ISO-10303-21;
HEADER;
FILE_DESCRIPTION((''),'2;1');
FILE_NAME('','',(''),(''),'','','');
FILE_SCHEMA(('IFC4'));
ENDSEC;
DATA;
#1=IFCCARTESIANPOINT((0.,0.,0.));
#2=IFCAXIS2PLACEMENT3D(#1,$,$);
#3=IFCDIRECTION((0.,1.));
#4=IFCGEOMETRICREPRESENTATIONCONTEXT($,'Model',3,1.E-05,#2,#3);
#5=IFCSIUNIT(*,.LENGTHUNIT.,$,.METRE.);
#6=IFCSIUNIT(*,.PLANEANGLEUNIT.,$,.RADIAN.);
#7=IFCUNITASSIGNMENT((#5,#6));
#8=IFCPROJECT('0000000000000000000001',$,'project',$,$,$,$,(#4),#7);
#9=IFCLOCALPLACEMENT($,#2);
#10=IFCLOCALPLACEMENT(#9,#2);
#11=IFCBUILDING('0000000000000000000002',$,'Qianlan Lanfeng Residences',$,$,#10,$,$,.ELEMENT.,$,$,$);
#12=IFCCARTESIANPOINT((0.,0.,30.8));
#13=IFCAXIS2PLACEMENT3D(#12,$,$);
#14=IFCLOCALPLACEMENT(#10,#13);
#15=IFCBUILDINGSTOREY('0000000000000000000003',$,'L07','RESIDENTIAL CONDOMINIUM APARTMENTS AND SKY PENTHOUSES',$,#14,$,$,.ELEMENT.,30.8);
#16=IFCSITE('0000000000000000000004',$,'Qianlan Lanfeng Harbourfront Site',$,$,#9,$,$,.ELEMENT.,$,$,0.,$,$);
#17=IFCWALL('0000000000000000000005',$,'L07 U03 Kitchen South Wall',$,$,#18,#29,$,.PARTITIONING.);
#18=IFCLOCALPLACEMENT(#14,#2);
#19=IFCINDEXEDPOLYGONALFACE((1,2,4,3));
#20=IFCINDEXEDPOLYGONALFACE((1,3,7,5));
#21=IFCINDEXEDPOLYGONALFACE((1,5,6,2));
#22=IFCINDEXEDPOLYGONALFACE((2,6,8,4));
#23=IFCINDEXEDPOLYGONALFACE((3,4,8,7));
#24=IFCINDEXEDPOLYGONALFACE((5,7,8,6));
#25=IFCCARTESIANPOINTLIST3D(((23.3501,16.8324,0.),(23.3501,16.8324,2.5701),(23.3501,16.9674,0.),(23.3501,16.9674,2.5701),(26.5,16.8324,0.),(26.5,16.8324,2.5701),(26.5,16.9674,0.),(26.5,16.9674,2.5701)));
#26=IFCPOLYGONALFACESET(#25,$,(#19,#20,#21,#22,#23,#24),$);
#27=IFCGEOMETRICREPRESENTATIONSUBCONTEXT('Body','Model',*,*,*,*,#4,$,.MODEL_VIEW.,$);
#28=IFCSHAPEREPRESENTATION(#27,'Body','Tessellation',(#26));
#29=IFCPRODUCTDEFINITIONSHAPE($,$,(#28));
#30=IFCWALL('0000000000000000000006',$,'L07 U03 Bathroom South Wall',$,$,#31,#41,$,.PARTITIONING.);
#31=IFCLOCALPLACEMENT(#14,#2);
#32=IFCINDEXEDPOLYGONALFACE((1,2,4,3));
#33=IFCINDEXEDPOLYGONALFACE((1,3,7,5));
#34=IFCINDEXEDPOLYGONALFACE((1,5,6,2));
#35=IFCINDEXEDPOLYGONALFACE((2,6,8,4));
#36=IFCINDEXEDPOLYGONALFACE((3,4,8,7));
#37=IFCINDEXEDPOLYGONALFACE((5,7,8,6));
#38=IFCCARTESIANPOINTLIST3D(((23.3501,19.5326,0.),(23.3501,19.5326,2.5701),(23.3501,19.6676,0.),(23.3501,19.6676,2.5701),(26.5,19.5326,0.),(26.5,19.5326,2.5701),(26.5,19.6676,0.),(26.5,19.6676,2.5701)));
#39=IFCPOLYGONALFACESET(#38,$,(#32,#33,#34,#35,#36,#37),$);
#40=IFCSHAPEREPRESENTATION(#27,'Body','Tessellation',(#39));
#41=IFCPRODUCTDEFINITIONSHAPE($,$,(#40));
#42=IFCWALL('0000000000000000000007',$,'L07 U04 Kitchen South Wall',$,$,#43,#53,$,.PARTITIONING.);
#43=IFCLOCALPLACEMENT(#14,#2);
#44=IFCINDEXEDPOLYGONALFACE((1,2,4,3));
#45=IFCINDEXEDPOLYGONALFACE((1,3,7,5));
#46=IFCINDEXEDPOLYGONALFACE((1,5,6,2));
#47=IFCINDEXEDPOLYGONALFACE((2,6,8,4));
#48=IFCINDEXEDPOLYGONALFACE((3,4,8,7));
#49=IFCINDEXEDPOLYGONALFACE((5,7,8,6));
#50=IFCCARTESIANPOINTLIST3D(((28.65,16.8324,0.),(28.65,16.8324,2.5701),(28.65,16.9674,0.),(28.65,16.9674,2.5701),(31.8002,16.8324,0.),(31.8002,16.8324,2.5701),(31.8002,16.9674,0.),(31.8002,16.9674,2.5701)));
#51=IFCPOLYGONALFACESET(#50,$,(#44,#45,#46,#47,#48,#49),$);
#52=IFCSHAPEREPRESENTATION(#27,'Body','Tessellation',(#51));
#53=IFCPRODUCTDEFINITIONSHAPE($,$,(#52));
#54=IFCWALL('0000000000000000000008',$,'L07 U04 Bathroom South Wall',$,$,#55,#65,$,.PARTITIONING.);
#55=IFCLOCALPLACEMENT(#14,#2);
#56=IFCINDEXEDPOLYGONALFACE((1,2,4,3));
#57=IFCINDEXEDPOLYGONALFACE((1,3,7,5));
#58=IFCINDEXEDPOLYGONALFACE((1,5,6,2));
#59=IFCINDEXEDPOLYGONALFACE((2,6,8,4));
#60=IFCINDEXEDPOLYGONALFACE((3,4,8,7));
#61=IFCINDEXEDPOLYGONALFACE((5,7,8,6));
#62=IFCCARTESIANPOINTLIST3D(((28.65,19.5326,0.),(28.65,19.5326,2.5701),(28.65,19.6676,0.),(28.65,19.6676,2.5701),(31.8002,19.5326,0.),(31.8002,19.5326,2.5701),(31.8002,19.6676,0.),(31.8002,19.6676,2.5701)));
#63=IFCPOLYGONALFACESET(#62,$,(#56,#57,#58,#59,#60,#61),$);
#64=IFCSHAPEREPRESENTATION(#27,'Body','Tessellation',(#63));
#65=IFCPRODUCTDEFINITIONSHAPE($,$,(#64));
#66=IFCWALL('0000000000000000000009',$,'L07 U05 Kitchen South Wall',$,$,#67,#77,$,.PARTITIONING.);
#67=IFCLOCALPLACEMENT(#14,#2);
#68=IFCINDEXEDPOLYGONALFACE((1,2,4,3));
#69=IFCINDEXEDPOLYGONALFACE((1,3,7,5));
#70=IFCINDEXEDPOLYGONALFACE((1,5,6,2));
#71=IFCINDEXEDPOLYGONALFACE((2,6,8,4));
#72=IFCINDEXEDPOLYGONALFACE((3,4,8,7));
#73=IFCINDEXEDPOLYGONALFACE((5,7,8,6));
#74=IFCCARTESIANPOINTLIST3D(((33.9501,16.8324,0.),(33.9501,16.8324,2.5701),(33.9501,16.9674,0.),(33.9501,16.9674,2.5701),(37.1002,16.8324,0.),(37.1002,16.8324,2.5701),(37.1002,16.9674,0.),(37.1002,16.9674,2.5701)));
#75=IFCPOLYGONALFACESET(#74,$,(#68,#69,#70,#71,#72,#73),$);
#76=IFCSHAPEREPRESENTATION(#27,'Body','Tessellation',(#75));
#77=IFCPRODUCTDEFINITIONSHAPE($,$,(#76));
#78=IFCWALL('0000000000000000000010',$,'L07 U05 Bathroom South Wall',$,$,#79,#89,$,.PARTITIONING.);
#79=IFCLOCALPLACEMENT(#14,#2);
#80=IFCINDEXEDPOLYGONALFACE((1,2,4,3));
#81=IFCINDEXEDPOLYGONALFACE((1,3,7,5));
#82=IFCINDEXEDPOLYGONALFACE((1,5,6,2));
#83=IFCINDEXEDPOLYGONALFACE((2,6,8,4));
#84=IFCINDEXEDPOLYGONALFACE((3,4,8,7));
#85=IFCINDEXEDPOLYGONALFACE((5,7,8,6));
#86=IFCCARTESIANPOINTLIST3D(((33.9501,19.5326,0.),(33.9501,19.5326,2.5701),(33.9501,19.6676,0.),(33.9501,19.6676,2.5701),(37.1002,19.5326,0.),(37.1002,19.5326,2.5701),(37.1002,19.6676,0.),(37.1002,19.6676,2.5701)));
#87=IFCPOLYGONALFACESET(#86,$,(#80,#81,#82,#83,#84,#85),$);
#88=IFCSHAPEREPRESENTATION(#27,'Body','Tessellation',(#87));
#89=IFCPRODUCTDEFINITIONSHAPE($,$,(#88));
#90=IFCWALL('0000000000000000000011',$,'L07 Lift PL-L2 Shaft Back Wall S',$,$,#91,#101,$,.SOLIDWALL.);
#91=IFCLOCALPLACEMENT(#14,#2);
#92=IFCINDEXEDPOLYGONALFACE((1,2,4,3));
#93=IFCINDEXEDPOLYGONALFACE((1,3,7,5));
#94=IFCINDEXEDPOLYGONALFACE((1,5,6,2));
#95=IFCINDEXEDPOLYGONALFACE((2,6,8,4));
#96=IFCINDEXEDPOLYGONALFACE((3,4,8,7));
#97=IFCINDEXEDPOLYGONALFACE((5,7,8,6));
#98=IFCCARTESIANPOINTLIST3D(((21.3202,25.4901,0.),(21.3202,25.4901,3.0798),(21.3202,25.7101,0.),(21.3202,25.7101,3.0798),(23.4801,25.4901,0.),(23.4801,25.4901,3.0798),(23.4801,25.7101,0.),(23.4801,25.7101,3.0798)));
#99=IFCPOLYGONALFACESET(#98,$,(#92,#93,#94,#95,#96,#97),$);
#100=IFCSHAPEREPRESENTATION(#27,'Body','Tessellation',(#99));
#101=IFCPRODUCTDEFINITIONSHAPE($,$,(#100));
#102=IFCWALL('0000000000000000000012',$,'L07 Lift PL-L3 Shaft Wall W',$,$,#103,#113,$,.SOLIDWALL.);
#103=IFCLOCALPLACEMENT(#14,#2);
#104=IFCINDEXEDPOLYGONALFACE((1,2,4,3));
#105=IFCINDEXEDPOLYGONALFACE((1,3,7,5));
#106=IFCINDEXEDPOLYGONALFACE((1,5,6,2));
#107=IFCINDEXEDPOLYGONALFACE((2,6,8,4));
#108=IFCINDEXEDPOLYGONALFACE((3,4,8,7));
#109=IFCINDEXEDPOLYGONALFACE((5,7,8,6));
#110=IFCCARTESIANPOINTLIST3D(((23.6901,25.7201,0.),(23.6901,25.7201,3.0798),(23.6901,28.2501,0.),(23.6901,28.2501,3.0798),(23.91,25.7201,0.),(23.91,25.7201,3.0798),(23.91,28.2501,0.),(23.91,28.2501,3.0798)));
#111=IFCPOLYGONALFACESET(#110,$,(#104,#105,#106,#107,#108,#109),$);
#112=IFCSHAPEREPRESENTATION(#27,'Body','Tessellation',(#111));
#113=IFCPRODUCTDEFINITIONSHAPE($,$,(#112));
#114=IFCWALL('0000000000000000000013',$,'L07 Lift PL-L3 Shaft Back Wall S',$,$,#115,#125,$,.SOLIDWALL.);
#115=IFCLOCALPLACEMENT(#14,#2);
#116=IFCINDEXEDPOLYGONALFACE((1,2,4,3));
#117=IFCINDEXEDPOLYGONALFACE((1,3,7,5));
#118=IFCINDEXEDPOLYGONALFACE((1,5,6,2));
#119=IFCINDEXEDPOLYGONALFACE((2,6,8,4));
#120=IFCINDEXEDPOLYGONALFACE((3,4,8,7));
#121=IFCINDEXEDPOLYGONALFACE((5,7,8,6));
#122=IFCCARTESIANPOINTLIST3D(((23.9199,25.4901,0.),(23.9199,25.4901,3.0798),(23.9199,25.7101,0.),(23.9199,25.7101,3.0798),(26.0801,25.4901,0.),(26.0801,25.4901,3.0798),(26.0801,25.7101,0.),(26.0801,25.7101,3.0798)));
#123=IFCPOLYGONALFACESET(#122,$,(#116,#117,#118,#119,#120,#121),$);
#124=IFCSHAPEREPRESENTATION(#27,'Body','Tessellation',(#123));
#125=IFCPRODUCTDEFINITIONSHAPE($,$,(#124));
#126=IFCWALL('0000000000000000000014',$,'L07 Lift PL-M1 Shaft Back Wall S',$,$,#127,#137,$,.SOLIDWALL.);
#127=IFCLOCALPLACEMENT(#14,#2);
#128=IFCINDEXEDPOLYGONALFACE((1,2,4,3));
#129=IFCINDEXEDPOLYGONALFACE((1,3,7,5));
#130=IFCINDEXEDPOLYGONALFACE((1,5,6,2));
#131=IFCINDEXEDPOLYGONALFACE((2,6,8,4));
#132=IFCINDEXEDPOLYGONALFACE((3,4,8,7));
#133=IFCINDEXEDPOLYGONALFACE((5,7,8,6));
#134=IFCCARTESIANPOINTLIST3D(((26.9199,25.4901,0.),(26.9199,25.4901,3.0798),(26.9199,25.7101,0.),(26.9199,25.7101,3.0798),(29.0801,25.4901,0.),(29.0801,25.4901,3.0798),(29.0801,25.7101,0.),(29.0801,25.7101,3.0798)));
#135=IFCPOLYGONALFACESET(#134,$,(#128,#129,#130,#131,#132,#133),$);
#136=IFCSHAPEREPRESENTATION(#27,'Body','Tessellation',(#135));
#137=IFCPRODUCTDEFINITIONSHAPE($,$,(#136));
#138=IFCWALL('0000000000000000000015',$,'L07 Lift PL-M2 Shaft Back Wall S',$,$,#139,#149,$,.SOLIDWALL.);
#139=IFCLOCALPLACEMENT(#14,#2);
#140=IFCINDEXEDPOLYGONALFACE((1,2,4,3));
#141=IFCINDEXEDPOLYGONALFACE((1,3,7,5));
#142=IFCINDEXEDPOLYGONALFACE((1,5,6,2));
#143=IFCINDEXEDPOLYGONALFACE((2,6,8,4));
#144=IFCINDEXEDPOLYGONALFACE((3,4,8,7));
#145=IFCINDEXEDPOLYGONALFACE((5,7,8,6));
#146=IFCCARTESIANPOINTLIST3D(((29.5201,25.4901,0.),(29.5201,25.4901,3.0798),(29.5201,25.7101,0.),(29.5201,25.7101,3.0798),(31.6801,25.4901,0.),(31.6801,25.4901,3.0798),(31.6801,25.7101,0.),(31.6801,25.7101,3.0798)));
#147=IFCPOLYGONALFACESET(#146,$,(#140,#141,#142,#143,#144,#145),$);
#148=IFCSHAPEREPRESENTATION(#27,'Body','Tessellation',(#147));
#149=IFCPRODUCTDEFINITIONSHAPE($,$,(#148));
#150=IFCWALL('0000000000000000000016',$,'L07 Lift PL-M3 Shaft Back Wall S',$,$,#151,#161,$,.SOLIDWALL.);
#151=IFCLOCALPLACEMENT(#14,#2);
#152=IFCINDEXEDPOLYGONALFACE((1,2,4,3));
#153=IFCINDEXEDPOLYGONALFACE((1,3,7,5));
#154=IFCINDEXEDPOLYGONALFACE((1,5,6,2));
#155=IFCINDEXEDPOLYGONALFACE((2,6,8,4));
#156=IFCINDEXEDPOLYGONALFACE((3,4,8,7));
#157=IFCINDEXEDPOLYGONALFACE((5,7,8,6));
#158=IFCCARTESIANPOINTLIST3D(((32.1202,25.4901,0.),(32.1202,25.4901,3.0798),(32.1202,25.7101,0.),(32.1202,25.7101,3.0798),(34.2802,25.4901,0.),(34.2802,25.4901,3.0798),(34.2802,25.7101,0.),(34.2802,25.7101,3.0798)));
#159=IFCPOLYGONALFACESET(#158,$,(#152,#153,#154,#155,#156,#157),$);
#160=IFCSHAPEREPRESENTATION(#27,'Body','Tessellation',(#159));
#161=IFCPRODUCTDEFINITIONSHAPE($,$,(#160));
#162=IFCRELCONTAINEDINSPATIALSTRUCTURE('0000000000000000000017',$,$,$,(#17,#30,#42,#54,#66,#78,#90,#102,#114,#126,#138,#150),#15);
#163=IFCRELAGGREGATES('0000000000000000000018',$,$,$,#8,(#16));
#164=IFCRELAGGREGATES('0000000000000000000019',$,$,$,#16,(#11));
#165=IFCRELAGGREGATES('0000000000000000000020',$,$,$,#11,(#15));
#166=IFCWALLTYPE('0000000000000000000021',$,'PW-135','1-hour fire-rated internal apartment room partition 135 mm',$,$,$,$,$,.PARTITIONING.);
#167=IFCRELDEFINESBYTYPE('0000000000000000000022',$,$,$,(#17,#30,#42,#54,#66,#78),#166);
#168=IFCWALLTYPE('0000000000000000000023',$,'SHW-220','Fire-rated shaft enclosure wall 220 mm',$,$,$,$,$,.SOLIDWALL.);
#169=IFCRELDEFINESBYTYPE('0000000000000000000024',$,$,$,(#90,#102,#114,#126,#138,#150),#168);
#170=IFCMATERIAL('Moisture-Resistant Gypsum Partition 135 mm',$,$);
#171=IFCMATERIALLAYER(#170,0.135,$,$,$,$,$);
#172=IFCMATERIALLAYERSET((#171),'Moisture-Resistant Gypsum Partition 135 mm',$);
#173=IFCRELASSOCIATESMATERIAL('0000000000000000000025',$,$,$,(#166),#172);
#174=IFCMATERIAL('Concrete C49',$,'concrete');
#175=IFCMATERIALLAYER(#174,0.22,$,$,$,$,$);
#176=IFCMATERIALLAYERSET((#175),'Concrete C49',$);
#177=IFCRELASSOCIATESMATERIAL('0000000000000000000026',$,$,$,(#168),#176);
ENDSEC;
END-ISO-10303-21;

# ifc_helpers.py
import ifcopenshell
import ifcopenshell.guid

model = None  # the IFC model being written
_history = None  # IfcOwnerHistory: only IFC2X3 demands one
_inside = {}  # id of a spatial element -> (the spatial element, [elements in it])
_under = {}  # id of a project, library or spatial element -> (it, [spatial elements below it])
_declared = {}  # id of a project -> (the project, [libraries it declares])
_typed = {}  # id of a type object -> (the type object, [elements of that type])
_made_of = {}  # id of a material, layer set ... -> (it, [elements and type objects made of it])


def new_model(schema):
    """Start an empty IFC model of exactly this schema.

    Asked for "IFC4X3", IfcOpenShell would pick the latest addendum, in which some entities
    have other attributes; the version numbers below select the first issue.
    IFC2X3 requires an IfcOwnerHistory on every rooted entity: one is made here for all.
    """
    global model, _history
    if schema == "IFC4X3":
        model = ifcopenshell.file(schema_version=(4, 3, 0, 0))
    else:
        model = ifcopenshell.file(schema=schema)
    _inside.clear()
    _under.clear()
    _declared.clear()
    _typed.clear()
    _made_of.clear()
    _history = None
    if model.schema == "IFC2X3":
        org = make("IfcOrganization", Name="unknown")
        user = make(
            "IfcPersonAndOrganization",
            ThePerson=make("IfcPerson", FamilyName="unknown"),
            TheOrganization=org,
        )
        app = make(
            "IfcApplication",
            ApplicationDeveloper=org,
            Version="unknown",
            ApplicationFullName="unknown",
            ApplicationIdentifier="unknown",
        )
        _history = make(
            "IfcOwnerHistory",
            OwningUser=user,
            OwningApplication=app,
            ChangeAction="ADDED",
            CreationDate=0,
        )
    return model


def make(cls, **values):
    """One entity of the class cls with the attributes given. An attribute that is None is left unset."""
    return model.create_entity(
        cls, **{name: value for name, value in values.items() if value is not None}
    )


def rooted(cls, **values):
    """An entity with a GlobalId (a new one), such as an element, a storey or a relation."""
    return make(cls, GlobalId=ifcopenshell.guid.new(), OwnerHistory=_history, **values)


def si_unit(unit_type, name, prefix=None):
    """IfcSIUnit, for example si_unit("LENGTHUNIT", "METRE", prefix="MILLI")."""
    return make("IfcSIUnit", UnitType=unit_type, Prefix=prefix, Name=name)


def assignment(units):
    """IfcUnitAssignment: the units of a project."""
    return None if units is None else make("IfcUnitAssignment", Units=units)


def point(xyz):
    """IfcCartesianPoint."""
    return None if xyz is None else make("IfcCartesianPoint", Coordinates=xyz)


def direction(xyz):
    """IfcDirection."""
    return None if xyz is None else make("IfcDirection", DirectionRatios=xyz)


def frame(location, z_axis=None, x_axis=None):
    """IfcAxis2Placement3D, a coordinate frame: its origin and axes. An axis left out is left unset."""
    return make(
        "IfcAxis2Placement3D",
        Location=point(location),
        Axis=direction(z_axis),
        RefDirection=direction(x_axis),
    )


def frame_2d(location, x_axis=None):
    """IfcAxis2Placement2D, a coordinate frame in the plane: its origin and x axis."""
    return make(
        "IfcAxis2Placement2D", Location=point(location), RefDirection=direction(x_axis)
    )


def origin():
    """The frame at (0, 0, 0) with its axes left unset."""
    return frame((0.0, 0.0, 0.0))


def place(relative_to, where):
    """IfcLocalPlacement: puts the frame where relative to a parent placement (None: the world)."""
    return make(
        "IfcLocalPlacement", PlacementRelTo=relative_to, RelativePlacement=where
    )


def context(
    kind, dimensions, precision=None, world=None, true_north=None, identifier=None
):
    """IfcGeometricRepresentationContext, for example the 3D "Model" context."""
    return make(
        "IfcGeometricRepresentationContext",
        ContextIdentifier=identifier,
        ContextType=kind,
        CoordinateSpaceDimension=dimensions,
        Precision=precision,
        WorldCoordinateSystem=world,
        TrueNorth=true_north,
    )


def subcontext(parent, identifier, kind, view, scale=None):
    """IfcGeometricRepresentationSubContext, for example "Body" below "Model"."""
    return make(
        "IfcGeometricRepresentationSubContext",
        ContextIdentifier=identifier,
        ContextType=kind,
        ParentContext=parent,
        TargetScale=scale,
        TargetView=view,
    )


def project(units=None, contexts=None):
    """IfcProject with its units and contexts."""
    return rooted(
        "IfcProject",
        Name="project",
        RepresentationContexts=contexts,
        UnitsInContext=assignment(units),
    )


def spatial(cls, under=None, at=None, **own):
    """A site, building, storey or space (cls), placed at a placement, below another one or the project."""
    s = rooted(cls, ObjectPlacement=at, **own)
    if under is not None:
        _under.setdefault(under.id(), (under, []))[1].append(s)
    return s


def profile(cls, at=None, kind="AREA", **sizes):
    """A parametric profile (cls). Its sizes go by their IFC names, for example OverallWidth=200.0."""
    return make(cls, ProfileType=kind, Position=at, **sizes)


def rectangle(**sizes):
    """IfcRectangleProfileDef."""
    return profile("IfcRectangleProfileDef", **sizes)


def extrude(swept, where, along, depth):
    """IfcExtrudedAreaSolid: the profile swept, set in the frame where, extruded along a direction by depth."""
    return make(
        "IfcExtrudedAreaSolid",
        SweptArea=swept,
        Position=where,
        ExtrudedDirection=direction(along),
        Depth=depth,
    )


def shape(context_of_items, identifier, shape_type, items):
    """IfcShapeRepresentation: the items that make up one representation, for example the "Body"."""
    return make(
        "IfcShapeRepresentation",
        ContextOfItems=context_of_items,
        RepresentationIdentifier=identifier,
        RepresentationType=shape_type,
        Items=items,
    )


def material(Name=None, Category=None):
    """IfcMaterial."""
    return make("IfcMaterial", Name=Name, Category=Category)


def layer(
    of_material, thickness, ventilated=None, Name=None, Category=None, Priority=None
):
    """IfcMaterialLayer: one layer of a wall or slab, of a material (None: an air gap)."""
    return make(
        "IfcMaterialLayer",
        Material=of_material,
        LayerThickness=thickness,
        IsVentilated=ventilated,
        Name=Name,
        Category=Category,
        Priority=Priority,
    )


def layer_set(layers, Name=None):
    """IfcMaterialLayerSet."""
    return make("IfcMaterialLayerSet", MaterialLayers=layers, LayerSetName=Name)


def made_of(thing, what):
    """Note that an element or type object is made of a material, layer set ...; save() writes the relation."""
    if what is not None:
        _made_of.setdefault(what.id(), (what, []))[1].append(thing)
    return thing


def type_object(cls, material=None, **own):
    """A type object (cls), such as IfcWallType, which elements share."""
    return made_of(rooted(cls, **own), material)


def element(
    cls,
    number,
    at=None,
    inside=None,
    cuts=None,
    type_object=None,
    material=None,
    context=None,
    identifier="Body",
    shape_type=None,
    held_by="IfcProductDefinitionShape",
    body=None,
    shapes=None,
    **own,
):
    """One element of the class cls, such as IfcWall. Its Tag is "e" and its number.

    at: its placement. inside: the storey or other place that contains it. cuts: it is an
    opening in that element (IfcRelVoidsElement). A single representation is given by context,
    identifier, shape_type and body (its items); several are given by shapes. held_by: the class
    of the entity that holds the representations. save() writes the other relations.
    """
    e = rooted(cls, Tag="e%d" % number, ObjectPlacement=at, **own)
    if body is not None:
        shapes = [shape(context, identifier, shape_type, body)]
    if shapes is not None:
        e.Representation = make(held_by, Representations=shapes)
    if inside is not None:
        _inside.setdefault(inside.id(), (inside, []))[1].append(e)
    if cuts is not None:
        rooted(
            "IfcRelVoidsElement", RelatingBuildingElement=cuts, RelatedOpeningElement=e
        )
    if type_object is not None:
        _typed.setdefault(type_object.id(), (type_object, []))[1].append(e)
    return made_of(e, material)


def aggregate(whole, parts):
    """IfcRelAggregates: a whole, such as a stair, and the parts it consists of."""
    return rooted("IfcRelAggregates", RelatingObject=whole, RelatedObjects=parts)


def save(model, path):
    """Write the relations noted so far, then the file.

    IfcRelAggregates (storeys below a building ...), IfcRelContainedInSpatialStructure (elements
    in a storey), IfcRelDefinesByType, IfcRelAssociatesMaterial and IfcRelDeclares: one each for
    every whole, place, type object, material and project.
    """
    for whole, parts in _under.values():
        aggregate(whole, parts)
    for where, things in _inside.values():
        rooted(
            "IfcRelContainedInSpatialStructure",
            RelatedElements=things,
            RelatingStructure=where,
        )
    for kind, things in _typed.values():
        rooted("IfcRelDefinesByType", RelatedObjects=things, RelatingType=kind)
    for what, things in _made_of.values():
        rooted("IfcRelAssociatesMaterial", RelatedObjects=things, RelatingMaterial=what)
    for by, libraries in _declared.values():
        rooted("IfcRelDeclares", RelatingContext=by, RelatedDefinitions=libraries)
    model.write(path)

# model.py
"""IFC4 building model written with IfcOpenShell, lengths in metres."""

from ifc_helpers import new_model, si_unit, direction, frame, frame_2d, origin, place, context, subcontext, project, spatial, rectangle, extrude, material, layer, layer_set, type_object, element, save


model = new_model("IFC4")

# Units and contexts
model_context = context("Model", 3, precision=1e-05, world=origin(), true_north=direction((0.0, 1.0)))
body_context = subcontext(model_context, "Body", "Model", "MODEL_VIEW")
ifc_project = project(units=[si_unit("LENGTHUNIT", "METRE"), si_unit("PLANEANGLEUNIT", "RADIAN")], contexts=[model_context])

# Site, building, storey
site_placement = place(None, origin())
site = spatial("IfcSite", under=ifc_project, at=site_placement, Name="Qianlan Lanfeng Harbourfront Site", CompositionType="ELEMENT", RefElevation=0.0)
building_placement = place(site_placement, origin())
building = spatial("IfcBuilding", under=site, at=building_placement, Name="Qianlan Lanfeng Residences", CompositionType="ELEMENT")
storey_placement = place(building_placement, frame((0.0, 0.0, 30.8)))
storey = spatial("IfcBuildingStorey", under=building, at=storey_placement, Name="L07", Description="RESIDENTIAL CONDOMINIUM APARTMENTS AND SKY PENTHOUSES", CompositionType="ELEMENT", Elevation=30.8)

# Walls
ifc_material_1 = material(Name="Moisture-Resistant Gypsum Partition 135 mm")
ifc_layer_1 = layer(ifc_material_1, 0.135)
ifc_layer_set_1 = layer_set([ifc_layer_1], Name="Moisture-Resistant Gypsum Partition 135 mm")
wall_type_1 = type_object("IfcWallType", Name="PW-135", Description="1-hour fire-rated internal apartment room partition 135 mm", PredefinedType="PARTITIONING", material=ifc_layer_set_1)
for number, where, z_axis, x_axis, name in (
    (1, (23.3501, 16.8999, 0.0), (0.0, 0.0, 1.0), (1.0, 0.0, 0.0), "L07 U03 Kitchen South Wall"),
    (2, (23.3501, 19.6001, 0.0), (0.0, 0.0, 1.0), (1.0, 0.0, 0.0), "L07 U03 Bathroom South Wall"),
):
    element("IfcWall", number, at=place(storey_placement, frame(where, z_axis=z_axis, x_axis=x_axis)), inside=storey, type_object=wall_type_1, Name=name, PredefinedType="PARTITIONING", context=body_context, shape_type="SweptSolid", body=[
        extrude(rectangle(XDim=3.1499, YDim=0.135, at=frame_2d((1.575, 0.0))), origin(), (0.0, 0.0, 1.0), 2.5701),
    ])
for number, where, z_axis, x_axis, name in (
    (3, (28.6499, 16.8999, 0.0), (0.0, 0.0, 1.0), (1.0, 0.0, 0.0), "L07 U04 Kitchen South Wall"),
    (4, (28.6499, 19.6001, 0.0), (0.0, 0.0, 1.0), (1.0, 0.0, 0.0), "L07 U04 Bathroom South Wall"),
    (5, (33.95, 16.8999, 0.0), (0.0, 0.0, 1.0), (1.0, 0.0, 0.0), "L07 U05 Kitchen South Wall"),
    (6, (33.95, 19.6001, 0.0), (0.0, 0.0, 1.0), (1.0, 0.0, 0.0), "L07 U05 Bathroom South Wall"),
):
    element("IfcWall", number, at=place(storey_placement, frame(where, z_axis=z_axis, x_axis=x_axis)), inside=storey, type_object=wall_type_1, Name=name, PredefinedType="PARTITIONING", context=body_context, shape_type="SweptSolid", body=[
        extrude(rectangle(XDim=3.1501, YDim=0.135, at=frame_2d((1.5752, 0.0))), origin(), (0.0, 0.0, 1.0), 2.5701),
    ])

# Walls
ifc_material_2 = material(Name="Concrete C49", Category="concrete")
ifc_layer_2 = layer(ifc_material_2, 0.22)
ifc_layer_set_2 = layer_set([ifc_layer_2], Name="Concrete C49")
wall_type_2 = type_object("IfcWallType", Name="SHW-220", Description="Fire-rated shaft enclosure wall 220 mm", PredefinedType="SOLIDWALL", material=ifc_layer_set_2)
wall_1_placement = place(storey_placement, frame((21.3201, 25.6001, 0.0), z_axis=(0.0, 0.0, 1.0), x_axis=(1.0, 0.0, 0.0)))
element("IfcWall", 7, at=wall_1_placement, inside=storey, type_object=wall_type_2, Name="L07 Lift PL-L2 Shaft Back Wall S", PredefinedType="SOLIDWALL", context=body_context, shape_type="SweptSolid", body=[
    extrude(rectangle(XDim=2.1599, YDim=0.22, at=frame_2d((1.0801, 0.0))), origin(), (0.0, 0.0, 1.0), 3.0798),
])
wall_2_placement = place(storey_placement, frame((23.8, 25.72, 0.0), z_axis=(0.0, 0.0, 1.0), x_axis=(0.0, 1.0, 0.0)))
element("IfcWall", 8, at=wall_2_placement, inside=storey, type_object=wall_type_2, Name="L07 Lift PL-L3 Shaft Wall W", PredefinedType="SOLIDWALL", context=body_context, shape_type="SweptSolid", body=[
    extrude(rectangle(XDim=2.53, YDim=0.22, at=frame_2d((1.2651, 0.0))), origin(), (0.0, 0.0, 1.0), 3.0798),
])
for number, where, z_axis, x_axis, name in (
    (9, (23.9199, 25.6001, 0.0), (0.0, 0.0, 1.0), (1.0, 0.0, 0.0), "L07 Lift PL-L3 Shaft Back Wall S"),
    (10, (26.9199, 25.6001, 0.0), (0.0, 0.0, 1.0), (1.0, 0.0, 0.0), "L07 Lift PL-M1 Shaft Back Wall S"),
):
    element("IfcWall", number, at=place(storey_placement, frame(where, z_axis=z_axis, x_axis=x_axis)), inside=storey, type_object=wall_type_2, Name=name, PredefinedType="SOLIDWALL", context=body_context, shape_type="SweptSolid", body=[
        extrude(rectangle(XDim=2.1602, YDim=0.22, at=frame_2d((1.0801, 0.0))), origin(), (0.0, 0.0, 1.0), 3.0798),
    ])
for number, where, z_axis, x_axis, name in (
    (11, (29.52, 25.6001, 0.0), (0.0, 0.0, 1.0), (1.0, 0.0, 0.0), "L07 Lift PL-M2 Shaft Back Wall S"),
    (12, (32.1201, 25.6001, 0.0), (0.0, 0.0, 1.0), (1.0, 0.0, 0.0), "L07 Lift PL-M3 Shaft Back Wall S"),
):
    element("IfcWall", number, at=place(storey_placement, frame(where, z_axis=z_axis, x_axis=x_axis)), inside=storey, type_object=wall_type_2, Name=name, PredefinedType="SOLIDWALL", context=body_context, shape_type="SweptSolid", body=[
        extrude(rectangle(XDim=2.1599, YDim=0.22, at=frame_2d((1.0801, 0.0))), origin(), (0.0, 0.0, 1.0), 3.0798),
    ])

save(model, "model.ifc")
